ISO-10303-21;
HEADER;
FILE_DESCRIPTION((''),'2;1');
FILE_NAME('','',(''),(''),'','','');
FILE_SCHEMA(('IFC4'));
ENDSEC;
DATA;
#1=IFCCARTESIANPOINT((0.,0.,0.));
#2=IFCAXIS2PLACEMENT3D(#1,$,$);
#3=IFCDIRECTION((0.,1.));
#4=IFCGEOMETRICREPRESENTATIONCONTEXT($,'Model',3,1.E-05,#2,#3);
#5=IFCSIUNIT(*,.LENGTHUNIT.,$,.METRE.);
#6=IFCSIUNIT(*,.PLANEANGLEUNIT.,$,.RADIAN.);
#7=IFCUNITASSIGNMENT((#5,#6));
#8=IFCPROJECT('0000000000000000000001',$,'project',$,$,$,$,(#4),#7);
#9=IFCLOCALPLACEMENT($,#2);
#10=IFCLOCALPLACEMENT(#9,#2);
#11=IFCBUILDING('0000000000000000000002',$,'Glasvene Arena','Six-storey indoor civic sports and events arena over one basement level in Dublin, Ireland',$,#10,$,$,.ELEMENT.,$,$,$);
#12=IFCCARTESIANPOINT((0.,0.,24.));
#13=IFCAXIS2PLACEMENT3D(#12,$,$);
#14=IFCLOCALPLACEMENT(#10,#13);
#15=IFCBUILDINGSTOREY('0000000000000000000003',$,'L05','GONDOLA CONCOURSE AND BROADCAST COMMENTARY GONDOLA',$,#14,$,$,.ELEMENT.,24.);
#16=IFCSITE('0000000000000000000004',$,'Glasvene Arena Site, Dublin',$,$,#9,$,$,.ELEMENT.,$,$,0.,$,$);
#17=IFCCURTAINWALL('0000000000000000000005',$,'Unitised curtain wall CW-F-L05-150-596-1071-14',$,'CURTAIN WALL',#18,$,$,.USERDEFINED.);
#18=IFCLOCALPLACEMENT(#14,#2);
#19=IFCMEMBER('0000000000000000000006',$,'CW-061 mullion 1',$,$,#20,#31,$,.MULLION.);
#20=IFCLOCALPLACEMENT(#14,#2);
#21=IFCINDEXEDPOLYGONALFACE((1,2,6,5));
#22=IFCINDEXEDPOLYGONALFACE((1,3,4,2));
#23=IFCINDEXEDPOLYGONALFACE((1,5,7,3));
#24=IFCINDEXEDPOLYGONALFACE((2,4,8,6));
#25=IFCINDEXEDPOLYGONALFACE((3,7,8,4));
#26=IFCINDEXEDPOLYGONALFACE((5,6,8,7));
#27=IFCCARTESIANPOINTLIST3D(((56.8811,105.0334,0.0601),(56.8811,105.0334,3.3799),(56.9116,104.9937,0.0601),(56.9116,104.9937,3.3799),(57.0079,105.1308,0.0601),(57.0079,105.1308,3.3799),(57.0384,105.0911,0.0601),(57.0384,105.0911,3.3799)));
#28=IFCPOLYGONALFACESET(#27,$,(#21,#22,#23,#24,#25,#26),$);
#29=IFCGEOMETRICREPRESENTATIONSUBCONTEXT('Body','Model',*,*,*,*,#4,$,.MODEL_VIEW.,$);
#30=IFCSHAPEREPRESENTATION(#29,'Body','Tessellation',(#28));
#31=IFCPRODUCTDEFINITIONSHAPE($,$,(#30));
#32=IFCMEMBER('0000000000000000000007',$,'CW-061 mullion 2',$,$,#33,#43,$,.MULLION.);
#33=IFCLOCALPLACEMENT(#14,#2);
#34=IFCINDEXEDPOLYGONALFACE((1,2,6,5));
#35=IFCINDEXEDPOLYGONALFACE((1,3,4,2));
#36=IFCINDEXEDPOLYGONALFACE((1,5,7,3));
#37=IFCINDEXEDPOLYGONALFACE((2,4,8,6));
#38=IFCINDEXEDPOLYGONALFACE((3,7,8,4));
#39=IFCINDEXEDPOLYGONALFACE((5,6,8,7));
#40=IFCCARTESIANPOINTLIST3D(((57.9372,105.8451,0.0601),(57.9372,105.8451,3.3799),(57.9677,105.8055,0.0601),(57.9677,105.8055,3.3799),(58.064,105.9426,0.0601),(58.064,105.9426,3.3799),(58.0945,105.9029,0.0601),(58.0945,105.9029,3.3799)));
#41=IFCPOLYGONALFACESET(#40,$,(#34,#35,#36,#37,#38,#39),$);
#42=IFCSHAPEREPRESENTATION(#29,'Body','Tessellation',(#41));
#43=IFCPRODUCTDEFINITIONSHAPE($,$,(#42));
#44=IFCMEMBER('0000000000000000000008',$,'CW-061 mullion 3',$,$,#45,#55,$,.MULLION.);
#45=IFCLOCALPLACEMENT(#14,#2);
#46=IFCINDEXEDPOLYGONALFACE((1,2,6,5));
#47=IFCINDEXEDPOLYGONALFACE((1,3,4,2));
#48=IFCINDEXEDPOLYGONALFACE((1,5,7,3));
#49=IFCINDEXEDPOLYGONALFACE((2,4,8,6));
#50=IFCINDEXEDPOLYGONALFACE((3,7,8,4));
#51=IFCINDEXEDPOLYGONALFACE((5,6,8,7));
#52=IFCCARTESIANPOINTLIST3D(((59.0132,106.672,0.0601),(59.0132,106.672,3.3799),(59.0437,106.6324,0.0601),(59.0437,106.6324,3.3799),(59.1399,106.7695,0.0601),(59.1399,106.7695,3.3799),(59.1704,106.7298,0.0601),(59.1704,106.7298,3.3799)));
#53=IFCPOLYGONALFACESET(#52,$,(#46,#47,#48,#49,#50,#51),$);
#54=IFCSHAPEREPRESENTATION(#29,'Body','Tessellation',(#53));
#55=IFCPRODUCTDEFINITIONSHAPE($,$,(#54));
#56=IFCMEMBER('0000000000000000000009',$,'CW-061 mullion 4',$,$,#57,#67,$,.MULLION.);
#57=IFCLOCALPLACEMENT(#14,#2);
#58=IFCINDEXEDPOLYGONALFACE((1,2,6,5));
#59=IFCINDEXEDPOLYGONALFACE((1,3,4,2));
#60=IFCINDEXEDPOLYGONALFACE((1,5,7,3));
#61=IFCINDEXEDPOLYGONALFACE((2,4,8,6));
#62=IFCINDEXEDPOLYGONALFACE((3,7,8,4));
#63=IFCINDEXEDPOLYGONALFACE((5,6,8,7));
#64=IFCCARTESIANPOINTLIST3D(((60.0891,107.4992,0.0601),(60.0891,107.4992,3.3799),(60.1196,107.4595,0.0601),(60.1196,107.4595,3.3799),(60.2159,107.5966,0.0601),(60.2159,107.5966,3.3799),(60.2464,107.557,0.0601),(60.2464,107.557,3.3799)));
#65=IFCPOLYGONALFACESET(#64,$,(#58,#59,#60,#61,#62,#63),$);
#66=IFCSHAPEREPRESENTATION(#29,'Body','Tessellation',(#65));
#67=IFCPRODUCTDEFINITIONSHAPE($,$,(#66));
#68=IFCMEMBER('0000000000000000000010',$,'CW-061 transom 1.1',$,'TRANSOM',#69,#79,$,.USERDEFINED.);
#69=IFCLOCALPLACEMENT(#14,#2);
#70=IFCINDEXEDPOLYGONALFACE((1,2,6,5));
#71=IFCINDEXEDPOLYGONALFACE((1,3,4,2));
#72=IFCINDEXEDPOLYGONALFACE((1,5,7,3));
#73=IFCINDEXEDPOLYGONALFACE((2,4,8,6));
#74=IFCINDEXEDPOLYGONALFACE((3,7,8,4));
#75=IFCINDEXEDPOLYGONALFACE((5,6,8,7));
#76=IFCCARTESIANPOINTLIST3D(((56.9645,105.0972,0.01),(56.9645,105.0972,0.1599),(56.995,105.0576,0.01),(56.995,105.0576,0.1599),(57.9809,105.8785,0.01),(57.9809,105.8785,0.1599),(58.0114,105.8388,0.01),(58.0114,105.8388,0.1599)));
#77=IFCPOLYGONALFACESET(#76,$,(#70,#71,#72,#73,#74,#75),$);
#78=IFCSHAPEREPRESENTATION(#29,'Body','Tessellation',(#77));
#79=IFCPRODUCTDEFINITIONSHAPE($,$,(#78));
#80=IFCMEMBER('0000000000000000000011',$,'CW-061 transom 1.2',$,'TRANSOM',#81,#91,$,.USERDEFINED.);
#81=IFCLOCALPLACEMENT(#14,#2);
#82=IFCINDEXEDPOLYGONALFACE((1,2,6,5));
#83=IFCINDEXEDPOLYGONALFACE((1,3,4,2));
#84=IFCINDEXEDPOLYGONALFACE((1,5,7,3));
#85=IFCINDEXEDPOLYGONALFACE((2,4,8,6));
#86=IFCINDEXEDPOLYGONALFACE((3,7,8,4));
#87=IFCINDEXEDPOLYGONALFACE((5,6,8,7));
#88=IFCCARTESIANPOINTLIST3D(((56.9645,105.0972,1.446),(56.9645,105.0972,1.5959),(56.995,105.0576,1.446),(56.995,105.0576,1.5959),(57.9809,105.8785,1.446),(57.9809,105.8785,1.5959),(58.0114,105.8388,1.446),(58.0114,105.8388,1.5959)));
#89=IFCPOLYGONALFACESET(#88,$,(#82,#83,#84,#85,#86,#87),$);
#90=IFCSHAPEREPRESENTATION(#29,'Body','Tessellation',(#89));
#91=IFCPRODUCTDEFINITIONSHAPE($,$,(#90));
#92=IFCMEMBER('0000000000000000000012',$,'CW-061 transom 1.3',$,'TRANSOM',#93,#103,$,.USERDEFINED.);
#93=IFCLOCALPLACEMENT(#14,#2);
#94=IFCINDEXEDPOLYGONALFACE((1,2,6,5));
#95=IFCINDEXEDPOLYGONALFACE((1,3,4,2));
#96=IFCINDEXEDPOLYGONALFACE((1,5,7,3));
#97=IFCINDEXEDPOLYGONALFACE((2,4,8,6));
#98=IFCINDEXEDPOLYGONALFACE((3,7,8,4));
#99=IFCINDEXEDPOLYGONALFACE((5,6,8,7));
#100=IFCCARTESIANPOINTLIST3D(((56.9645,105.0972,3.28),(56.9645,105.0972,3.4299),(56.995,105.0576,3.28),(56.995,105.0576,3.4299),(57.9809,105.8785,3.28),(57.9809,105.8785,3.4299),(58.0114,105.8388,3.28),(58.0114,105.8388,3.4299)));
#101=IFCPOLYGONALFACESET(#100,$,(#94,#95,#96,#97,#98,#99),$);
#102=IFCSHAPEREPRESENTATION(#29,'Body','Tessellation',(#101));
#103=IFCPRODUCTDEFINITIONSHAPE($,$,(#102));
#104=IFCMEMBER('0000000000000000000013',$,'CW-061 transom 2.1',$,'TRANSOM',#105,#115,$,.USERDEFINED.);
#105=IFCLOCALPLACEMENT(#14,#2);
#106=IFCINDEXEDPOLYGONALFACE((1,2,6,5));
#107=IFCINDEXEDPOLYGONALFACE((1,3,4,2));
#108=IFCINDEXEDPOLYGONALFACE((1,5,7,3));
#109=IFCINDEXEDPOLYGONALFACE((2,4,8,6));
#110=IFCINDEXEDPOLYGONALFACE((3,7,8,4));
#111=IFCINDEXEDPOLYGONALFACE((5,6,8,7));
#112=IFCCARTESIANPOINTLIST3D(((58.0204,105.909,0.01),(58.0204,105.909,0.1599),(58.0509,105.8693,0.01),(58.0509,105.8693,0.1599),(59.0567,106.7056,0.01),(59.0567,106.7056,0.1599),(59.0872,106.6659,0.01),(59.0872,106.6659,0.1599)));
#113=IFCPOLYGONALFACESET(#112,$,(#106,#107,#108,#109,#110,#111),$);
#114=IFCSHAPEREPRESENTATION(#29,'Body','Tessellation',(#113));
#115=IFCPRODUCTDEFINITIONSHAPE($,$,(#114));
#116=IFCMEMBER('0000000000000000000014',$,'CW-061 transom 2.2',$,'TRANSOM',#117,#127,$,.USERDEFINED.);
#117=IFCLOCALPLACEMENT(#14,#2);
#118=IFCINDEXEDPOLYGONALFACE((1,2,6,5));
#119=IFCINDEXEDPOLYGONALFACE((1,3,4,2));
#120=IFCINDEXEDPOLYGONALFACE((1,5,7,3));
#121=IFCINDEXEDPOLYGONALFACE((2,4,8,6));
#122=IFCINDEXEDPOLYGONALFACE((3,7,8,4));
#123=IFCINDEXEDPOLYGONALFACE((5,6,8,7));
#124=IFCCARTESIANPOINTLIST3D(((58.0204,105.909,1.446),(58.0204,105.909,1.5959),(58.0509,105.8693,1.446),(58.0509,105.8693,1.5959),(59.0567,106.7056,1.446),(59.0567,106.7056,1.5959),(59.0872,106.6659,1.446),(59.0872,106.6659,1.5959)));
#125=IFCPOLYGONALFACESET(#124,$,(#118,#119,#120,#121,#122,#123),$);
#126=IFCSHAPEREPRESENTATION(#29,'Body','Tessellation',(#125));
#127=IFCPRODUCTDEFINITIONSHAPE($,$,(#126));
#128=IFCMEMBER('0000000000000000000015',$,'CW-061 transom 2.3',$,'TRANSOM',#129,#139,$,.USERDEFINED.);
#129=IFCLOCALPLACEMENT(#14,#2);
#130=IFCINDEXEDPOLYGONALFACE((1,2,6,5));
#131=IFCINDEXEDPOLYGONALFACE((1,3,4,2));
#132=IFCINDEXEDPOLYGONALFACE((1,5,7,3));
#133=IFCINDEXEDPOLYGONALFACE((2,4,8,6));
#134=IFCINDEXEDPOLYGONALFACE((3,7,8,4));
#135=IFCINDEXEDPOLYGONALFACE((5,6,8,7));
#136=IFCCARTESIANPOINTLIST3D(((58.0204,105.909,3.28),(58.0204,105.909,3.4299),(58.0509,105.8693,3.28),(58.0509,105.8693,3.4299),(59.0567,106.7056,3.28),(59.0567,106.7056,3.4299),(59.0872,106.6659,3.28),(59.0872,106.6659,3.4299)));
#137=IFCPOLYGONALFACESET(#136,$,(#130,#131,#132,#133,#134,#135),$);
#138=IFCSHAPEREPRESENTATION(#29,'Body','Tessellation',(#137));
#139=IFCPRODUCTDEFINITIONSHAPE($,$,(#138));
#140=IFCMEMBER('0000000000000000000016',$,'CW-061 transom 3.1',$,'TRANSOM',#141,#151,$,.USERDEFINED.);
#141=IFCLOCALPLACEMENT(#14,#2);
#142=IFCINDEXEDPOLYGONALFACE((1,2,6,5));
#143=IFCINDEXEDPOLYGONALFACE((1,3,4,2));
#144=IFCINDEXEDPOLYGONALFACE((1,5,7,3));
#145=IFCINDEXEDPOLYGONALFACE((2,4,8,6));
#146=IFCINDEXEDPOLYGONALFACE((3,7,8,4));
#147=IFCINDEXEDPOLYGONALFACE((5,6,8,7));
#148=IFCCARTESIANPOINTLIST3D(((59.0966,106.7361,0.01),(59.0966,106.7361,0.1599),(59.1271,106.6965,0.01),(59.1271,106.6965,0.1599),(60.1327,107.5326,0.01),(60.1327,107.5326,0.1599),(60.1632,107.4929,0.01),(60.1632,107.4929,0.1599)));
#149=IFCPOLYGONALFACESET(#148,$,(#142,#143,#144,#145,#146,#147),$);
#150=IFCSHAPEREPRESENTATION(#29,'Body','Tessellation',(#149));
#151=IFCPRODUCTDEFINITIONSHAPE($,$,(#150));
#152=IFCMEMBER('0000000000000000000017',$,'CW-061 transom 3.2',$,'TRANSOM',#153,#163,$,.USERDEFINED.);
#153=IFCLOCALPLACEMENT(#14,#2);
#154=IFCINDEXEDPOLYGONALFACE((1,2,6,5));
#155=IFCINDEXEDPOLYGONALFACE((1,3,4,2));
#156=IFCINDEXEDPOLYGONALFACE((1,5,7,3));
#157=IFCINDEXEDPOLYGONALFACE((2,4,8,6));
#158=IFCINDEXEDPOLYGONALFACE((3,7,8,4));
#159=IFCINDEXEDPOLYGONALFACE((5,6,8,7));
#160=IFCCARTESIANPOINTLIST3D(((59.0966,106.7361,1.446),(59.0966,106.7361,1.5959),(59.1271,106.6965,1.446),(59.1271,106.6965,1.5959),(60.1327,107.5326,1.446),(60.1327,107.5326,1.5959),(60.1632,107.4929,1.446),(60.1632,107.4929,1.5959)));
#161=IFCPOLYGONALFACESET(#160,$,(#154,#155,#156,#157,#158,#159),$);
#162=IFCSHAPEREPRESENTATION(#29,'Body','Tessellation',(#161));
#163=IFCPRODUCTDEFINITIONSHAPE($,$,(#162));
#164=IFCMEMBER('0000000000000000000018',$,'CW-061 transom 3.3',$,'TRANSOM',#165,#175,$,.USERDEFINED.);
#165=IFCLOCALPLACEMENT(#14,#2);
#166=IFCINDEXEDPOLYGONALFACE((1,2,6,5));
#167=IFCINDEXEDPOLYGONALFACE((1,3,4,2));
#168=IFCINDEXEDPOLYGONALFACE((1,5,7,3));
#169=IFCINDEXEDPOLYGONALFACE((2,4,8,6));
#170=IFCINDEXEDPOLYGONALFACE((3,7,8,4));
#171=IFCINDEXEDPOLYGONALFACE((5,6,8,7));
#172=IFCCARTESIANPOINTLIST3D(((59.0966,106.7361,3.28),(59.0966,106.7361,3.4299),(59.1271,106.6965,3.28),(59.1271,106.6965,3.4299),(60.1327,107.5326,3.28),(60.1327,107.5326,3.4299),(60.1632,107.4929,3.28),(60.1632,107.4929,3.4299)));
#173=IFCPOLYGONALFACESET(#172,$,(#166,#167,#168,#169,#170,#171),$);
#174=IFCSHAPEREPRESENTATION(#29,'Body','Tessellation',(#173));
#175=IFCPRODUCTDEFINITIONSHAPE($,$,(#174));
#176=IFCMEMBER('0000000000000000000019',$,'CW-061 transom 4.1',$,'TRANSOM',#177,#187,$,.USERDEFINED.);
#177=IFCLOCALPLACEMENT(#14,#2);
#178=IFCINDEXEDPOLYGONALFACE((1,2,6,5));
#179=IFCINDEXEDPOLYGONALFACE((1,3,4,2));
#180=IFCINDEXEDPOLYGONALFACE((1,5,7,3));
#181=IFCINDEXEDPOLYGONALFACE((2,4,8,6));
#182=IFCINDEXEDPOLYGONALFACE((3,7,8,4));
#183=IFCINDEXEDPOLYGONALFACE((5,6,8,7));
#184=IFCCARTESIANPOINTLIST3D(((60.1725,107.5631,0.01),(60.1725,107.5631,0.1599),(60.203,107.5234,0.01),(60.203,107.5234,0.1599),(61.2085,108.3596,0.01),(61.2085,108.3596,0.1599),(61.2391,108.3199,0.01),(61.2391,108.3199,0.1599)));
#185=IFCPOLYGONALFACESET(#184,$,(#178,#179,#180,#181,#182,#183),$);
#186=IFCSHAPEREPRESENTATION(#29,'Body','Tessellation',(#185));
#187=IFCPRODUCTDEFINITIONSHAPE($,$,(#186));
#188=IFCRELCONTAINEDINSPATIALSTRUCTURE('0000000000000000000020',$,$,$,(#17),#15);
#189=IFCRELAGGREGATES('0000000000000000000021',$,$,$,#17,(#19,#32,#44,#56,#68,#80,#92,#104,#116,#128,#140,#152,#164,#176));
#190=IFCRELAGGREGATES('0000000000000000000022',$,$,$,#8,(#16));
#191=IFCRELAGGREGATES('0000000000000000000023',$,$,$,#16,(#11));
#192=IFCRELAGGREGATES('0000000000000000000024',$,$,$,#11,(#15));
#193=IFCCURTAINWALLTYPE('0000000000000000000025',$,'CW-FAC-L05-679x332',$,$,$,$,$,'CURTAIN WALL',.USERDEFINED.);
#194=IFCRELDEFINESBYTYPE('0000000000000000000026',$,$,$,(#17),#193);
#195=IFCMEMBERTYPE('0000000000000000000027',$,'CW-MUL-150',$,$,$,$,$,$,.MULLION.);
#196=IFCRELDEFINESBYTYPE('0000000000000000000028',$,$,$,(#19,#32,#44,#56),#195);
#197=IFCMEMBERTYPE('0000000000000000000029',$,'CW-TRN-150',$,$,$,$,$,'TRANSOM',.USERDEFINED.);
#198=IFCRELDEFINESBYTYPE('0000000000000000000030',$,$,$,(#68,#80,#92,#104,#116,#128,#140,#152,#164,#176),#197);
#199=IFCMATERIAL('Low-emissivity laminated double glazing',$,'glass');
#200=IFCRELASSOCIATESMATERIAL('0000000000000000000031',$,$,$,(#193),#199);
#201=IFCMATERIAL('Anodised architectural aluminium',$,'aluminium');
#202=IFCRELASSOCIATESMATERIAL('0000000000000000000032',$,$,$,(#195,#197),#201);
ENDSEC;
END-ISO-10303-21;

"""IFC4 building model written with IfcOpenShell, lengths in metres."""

from ifc_helpers import new_model, si_unit, direction, frame, origin, origin_2d, place, context, subcontext, project, spatial, rectangle, extrude, material, material_profile, profile_set, type_object, element, aggregate, save


model = new_model("IFC4")

# Units and contexts
model_context = context("Model", 3, precision=1e-05, world=origin(), true_north=direction((0.0, 1.0)))
body_context = subcontext(model_context, "Body", "Model", "MODEL_VIEW")
ifc_project = project(units=[si_unit("LENGTHUNIT", "METRE"), si_unit("PLANEANGLEUNIT", "RADIAN")], contexts=[model_context])

# Site, building, storey
site_placement = place(None, origin())
site = spatial("IfcSite", under=ifc_project, at=site_placement, Name="Glasvene Arena Site, Dublin", CompositionType="ELEMENT", RefElevation=0.0)
building_placement = place(site_placement, origin())
building = spatial("IfcBuilding", under=site, at=building_placement, Name="Glasvene Arena", Description="Six-storey indoor civic sports and events arena over one basement level in Dublin, Ireland", CompositionType="ELEMENT")
storey_placement = place(building_placement, frame((0.0, 0.0, 24.0)))
storey = spatial("IfcBuildingStorey", under=building, at=storey_placement, Name="L05", Description="GONDOLA CONCOURSE AND BROADCAST COMMENTARY GONDOLA", CompositionType="ELEMENT", Elevation=24.0)

# Curtain wall, members
ifc_material_1 = material(Name="Low-emissivity laminated double glazing", Category="glass")
curtain_wall_type = type_object("IfcCurtainWallType", Name="CW-FAC-L05-679x332", ElementType="CURTAIN WALL", PredefinedType="USERDEFINED", material=ifc_material_1)
curtain_wall_placement = place(storey_placement, frame((56.9399, 105.0469, 0.0)))
curtain_wall = element("IfcCurtainWall", 1, at=curtain_wall_placement, inside=storey, type_object=curtain_wall_type, Name="Unitised curtain wall CW-F-L05-150-596-1071-14", ObjectType="CURTAIN WALL", PredefinedType="USERDEFINED")
ifc_material_2 = material(Name="Anodised architectural aluminium", Category="aluminium")
ifc_material_profile_1 = material_profile(ifc_material_2, rectangle(XDim=0.05, YDim=0.1599, at=origin_2d()), Name="ALU MULLION 50x160")
ifc_profile_set_1 = profile_set([ifc_material_profile_1], Name="Anodised architectural aluminium")
member_type_1 = type_object("IfcMemberType", Name="CW-MUL-150", PredefinedType="MULLION", material=ifc_profile_set_1)
member_1_placement = place(storey_placement, frame((56.9597, 105.0623, 0.0601), z_axis=(0.0, 0.0, 1.0), x_axis=(-0.60943, 0.79284, 0.0)))
member_1 = element("IfcMember", 2, at=member_1_placement, type_object=member_type_1, Name="CW-061 mullion 1", PredefinedType="MULLION", context=body_context, shape_type="SweptSolid", body=[
    extrude(rectangle(XDim=0.05, YDim=0.1599, at=origin_2d()), origin(), (0.0, 0.0, 1.0), 3.3198),
])
member_2_placement = place(storey_placement, frame((58.0159, 105.874, 0.0601), z_axis=(0.0, 0.0, 1.0), x_axis=(-0.60943, 0.79284, 0.0)))
member_2 = element("IfcMember", 3, at=member_2_placement, type_object=member_type_1, Name="CW-061 mullion 2", PredefinedType="MULLION", context=body_context, shape_type="SweptSolid", body=[
    extrude(rectangle(XDim=0.05, YDim=0.1599, at=origin_2d()), origin(), (0.0, 0.0, 1.0), 3.3198),
])
member_3_placement = place(storey_placement, frame((59.0918, 106.7009, 0.0601), z_axis=(0.0, 0.0, 1.0), x_axis=(-0.60943, 0.79284, 0.0)))
member_3 = element("IfcMember", 4, at=member_3_placement, type_object=member_type_1, Name="CW-061 mullion 3", PredefinedType="MULLION", context=body_context, shape_type="SweptSolid", body=[
    extrude(rectangle(XDim=0.05, YDim=0.1599, at=origin_2d()), origin(), (0.0, 0.0, 1.0), 3.3198),
])
member_4_placement = place(storey_placement, frame((60.1677, 107.5281, 0.0601), z_axis=(0.0, 0.0, 1.0), x_axis=(-0.60943, 0.79284, 0.0)))
member_4 = element("IfcMember", 5, at=member_4_placement, type_object=member_type_1, Name="CW-061 mullion 4", PredefinedType="MULLION", context=body_context, shape_type="SweptSolid", body=[
    extrude(rectangle(XDim=0.05, YDim=0.1599, at=origin_2d()), origin(), (0.0, 0.0, 1.0), 3.3198),
])
ifc_material_profile_2 = material_profile(ifc_material_2, rectangle(XDim=0.05, YDim=0.1499, at=origin_2d()), Name="ALU TRANSOM 50x150")
ifc_profile_set_2 = profile_set([ifc_material_profile_2], Name="Anodised architectural aluminium")
member_type_2 = type_object("IfcMemberType", Name="CW-TRN-150", ElementType="TRANSOM", PredefinedType="USERDEFINED", material=ifc_profile_set_2)
member_5_placement = place(storey_placement, frame((56.9797, 105.0774, 0.085), z_axis=(0.792836, 0.609435, 0.0), x_axis=(-0.609435, 0.792836, 0.0)))
member_5 = element("IfcMember", 6, at=member_5_placement, type_object=member_type_2, Name="CW-061 transom 1.1", ObjectType="TRANSOM", PredefinedType="USERDEFINED", context=body_context, shape_type="SweptSolid", body=[
    extrude(rectangle(XDim=0.05, YDim=0.1499, at=origin_2d()), origin(), (0.0, 0.0, 1.0), 1.282),
])
member_6_placement = place(storey_placement, frame((56.9797, 105.0774, 1.521), z_axis=(0.792836, 0.609435, 0.0), x_axis=(-0.609435, 0.792836, 0.0)))
member_6 = element("IfcMember", 7, at=member_6_placement, type_object=member_type_2, Name="CW-061 transom 1.2", ObjectType="TRANSOM", PredefinedType="USERDEFINED", context=body_context, shape_type="SweptSolid", body=[
    extrude(rectangle(XDim=0.05, YDim=0.1499, at=origin_2d()), origin(), (0.0, 0.0, 1.0), 1.282),
])
member_7_placement = place(storey_placement, frame((56.9797, 105.0774, 3.355), z_axis=(0.792836, 0.609435, 0.0), x_axis=(-0.609435, 0.792836, 0.0)))
member_7 = element("IfcMember", 8, at=member_7_placement, type_object=member_type_2, Name="CW-061 transom 1.3", ObjectType="TRANSOM", PredefinedType="USERDEFINED", context=body_context, shape_type="SweptSolid", body=[
    extrude(rectangle(XDim=0.05, YDim=0.1499, at=origin_2d()), origin(), (0.0, 0.0, 1.0), 1.282),
])
member_8_placement = place(storey_placement, frame((58.0356, 105.8892, 0.085), z_axis=(0.792839, 0.609431, 0.0), x_axis=(-0.609431, 0.792839, 0.0)))
member_8 = element("IfcMember", 9, at=member_8_placement, type_object=member_type_2, Name="CW-061 transom 2.1", ObjectType="TRANSOM", PredefinedType="USERDEFINED", context=body_context, shape_type="SweptSolid", body=[
    extrude(rectangle(XDim=0.05, YDim=0.1499, at=origin_2d()), origin(), (0.0, 0.0, 1.0), 1.3071),
])
member_9_placement = place(storey_placement, frame((58.0356, 105.8892, 1.521), z_axis=(0.792839, 0.609431, 0.0), x_axis=(-0.609431, 0.792839, 0.0)))
member_9 = element("IfcMember", 10, at=member_9_placement, type_object=member_type_2, Name="CW-061 transom 2.2", ObjectType="TRANSOM", PredefinedType="USERDEFINED", context=body_context, shape_type="SweptSolid", body=[
    extrude(rectangle(XDim=0.05, YDim=0.1499, at=origin_2d()), origin(), (0.0, 0.0, 1.0), 1.3071),
])
member_10_placement = place(storey_placement, frame((58.0356, 105.8892, 3.355), z_axis=(0.792839, 0.609431, 0.0), x_axis=(-0.609431, 0.792839, 0.0)))
member_10 = element("IfcMember", 11, at=member_10_placement, type_object=member_type_2, Name="CW-061 transom 2.3", ObjectType="TRANSOM", PredefinedType="USERDEFINED", context=body_context, shape_type="SweptSolid", body=[
    extrude(rectangle(XDim=0.05, YDim=0.1499, at=origin_2d()), origin(), (0.0, 0.0, 1.0), 1.3071),
])
member_11_placement = place(storey_placement, frame((59.1118, 106.7163, 0.085), z_axis=(0.79286, 0.609404, 0.0), x_axis=(-0.609404, 0.79286, 0.0)))
member_11 = element("IfcMember", 12, at=member_11_placement, type_object=member_type_2, Name="CW-061 transom 3.1", ObjectType="TRANSOM", PredefinedType="USERDEFINED", context=body_context, shape_type="SweptSolid", body=[
    extrude(rectangle(XDim=0.05, YDim=0.1499, at=origin_2d()), origin(), (0.0, 0.0, 1.0), 1.3069),
])
member_12_placement = place(storey_placement, frame((59.1118, 106.7163, 1.521), z_axis=(0.79286, 0.609404, 0.0), x_axis=(-0.609404, 0.79286, 0.0)))
member_12 = element("IfcMember", 13, at=member_12_placement, type_object=member_type_2, Name="CW-061 transom 3.2", ObjectType="TRANSOM", PredefinedType="USERDEFINED", context=body_context, shape_type="SweptSolid", body=[
    extrude(rectangle(XDim=0.05, YDim=0.1499, at=origin_2d()), origin(), (0.0, 0.0, 1.0), 1.3069),
])
member_13_placement = place(storey_placement, frame((59.1118, 106.7163, 3.355), z_axis=(0.79286, 0.609404, 0.0), x_axis=(-0.609404, 0.79286, 0.0)))
member_13 = element("IfcMember", 14, at=member_13_placement, type_object=member_type_2, Name="CW-061 transom 3.3", ObjectType="TRANSOM", PredefinedType="USERDEFINED", context=body_context, shape_type="SweptSolid", body=[
    extrude(rectangle(XDim=0.05, YDim=0.1499, at=origin_2d()), origin(), (0.0, 0.0, 1.0), 1.3069),
])
member_14_placement = place(storey_placement, frame((60.1877, 107.5432, 0.085), z_axis=(0.79277, 0.609521, 0.0), x_axis=(-0.609521, 0.79277, 0.0)))
member_14 = element("IfcMember", 15, at=member_14_placement, type_object=member_type_2, Name="CW-061 transom 4.1", ObjectType="TRANSOM", PredefinedType="USERDEFINED", context=body_context, shape_type="SweptSolid", body=[
    extrude(rectangle(XDim=0.05, YDim=0.1499, at=origin_2d()), origin(), (0.0, 0.0, 1.0), 1.3069),
])
aggregate(curtain_wall, [member_1, member_2, member_3, member_4, member_5, member_6, member_7, member_8, member_9, member_10, member_11, member_12, member_13, member_14])

save(model, "model.ifc")
